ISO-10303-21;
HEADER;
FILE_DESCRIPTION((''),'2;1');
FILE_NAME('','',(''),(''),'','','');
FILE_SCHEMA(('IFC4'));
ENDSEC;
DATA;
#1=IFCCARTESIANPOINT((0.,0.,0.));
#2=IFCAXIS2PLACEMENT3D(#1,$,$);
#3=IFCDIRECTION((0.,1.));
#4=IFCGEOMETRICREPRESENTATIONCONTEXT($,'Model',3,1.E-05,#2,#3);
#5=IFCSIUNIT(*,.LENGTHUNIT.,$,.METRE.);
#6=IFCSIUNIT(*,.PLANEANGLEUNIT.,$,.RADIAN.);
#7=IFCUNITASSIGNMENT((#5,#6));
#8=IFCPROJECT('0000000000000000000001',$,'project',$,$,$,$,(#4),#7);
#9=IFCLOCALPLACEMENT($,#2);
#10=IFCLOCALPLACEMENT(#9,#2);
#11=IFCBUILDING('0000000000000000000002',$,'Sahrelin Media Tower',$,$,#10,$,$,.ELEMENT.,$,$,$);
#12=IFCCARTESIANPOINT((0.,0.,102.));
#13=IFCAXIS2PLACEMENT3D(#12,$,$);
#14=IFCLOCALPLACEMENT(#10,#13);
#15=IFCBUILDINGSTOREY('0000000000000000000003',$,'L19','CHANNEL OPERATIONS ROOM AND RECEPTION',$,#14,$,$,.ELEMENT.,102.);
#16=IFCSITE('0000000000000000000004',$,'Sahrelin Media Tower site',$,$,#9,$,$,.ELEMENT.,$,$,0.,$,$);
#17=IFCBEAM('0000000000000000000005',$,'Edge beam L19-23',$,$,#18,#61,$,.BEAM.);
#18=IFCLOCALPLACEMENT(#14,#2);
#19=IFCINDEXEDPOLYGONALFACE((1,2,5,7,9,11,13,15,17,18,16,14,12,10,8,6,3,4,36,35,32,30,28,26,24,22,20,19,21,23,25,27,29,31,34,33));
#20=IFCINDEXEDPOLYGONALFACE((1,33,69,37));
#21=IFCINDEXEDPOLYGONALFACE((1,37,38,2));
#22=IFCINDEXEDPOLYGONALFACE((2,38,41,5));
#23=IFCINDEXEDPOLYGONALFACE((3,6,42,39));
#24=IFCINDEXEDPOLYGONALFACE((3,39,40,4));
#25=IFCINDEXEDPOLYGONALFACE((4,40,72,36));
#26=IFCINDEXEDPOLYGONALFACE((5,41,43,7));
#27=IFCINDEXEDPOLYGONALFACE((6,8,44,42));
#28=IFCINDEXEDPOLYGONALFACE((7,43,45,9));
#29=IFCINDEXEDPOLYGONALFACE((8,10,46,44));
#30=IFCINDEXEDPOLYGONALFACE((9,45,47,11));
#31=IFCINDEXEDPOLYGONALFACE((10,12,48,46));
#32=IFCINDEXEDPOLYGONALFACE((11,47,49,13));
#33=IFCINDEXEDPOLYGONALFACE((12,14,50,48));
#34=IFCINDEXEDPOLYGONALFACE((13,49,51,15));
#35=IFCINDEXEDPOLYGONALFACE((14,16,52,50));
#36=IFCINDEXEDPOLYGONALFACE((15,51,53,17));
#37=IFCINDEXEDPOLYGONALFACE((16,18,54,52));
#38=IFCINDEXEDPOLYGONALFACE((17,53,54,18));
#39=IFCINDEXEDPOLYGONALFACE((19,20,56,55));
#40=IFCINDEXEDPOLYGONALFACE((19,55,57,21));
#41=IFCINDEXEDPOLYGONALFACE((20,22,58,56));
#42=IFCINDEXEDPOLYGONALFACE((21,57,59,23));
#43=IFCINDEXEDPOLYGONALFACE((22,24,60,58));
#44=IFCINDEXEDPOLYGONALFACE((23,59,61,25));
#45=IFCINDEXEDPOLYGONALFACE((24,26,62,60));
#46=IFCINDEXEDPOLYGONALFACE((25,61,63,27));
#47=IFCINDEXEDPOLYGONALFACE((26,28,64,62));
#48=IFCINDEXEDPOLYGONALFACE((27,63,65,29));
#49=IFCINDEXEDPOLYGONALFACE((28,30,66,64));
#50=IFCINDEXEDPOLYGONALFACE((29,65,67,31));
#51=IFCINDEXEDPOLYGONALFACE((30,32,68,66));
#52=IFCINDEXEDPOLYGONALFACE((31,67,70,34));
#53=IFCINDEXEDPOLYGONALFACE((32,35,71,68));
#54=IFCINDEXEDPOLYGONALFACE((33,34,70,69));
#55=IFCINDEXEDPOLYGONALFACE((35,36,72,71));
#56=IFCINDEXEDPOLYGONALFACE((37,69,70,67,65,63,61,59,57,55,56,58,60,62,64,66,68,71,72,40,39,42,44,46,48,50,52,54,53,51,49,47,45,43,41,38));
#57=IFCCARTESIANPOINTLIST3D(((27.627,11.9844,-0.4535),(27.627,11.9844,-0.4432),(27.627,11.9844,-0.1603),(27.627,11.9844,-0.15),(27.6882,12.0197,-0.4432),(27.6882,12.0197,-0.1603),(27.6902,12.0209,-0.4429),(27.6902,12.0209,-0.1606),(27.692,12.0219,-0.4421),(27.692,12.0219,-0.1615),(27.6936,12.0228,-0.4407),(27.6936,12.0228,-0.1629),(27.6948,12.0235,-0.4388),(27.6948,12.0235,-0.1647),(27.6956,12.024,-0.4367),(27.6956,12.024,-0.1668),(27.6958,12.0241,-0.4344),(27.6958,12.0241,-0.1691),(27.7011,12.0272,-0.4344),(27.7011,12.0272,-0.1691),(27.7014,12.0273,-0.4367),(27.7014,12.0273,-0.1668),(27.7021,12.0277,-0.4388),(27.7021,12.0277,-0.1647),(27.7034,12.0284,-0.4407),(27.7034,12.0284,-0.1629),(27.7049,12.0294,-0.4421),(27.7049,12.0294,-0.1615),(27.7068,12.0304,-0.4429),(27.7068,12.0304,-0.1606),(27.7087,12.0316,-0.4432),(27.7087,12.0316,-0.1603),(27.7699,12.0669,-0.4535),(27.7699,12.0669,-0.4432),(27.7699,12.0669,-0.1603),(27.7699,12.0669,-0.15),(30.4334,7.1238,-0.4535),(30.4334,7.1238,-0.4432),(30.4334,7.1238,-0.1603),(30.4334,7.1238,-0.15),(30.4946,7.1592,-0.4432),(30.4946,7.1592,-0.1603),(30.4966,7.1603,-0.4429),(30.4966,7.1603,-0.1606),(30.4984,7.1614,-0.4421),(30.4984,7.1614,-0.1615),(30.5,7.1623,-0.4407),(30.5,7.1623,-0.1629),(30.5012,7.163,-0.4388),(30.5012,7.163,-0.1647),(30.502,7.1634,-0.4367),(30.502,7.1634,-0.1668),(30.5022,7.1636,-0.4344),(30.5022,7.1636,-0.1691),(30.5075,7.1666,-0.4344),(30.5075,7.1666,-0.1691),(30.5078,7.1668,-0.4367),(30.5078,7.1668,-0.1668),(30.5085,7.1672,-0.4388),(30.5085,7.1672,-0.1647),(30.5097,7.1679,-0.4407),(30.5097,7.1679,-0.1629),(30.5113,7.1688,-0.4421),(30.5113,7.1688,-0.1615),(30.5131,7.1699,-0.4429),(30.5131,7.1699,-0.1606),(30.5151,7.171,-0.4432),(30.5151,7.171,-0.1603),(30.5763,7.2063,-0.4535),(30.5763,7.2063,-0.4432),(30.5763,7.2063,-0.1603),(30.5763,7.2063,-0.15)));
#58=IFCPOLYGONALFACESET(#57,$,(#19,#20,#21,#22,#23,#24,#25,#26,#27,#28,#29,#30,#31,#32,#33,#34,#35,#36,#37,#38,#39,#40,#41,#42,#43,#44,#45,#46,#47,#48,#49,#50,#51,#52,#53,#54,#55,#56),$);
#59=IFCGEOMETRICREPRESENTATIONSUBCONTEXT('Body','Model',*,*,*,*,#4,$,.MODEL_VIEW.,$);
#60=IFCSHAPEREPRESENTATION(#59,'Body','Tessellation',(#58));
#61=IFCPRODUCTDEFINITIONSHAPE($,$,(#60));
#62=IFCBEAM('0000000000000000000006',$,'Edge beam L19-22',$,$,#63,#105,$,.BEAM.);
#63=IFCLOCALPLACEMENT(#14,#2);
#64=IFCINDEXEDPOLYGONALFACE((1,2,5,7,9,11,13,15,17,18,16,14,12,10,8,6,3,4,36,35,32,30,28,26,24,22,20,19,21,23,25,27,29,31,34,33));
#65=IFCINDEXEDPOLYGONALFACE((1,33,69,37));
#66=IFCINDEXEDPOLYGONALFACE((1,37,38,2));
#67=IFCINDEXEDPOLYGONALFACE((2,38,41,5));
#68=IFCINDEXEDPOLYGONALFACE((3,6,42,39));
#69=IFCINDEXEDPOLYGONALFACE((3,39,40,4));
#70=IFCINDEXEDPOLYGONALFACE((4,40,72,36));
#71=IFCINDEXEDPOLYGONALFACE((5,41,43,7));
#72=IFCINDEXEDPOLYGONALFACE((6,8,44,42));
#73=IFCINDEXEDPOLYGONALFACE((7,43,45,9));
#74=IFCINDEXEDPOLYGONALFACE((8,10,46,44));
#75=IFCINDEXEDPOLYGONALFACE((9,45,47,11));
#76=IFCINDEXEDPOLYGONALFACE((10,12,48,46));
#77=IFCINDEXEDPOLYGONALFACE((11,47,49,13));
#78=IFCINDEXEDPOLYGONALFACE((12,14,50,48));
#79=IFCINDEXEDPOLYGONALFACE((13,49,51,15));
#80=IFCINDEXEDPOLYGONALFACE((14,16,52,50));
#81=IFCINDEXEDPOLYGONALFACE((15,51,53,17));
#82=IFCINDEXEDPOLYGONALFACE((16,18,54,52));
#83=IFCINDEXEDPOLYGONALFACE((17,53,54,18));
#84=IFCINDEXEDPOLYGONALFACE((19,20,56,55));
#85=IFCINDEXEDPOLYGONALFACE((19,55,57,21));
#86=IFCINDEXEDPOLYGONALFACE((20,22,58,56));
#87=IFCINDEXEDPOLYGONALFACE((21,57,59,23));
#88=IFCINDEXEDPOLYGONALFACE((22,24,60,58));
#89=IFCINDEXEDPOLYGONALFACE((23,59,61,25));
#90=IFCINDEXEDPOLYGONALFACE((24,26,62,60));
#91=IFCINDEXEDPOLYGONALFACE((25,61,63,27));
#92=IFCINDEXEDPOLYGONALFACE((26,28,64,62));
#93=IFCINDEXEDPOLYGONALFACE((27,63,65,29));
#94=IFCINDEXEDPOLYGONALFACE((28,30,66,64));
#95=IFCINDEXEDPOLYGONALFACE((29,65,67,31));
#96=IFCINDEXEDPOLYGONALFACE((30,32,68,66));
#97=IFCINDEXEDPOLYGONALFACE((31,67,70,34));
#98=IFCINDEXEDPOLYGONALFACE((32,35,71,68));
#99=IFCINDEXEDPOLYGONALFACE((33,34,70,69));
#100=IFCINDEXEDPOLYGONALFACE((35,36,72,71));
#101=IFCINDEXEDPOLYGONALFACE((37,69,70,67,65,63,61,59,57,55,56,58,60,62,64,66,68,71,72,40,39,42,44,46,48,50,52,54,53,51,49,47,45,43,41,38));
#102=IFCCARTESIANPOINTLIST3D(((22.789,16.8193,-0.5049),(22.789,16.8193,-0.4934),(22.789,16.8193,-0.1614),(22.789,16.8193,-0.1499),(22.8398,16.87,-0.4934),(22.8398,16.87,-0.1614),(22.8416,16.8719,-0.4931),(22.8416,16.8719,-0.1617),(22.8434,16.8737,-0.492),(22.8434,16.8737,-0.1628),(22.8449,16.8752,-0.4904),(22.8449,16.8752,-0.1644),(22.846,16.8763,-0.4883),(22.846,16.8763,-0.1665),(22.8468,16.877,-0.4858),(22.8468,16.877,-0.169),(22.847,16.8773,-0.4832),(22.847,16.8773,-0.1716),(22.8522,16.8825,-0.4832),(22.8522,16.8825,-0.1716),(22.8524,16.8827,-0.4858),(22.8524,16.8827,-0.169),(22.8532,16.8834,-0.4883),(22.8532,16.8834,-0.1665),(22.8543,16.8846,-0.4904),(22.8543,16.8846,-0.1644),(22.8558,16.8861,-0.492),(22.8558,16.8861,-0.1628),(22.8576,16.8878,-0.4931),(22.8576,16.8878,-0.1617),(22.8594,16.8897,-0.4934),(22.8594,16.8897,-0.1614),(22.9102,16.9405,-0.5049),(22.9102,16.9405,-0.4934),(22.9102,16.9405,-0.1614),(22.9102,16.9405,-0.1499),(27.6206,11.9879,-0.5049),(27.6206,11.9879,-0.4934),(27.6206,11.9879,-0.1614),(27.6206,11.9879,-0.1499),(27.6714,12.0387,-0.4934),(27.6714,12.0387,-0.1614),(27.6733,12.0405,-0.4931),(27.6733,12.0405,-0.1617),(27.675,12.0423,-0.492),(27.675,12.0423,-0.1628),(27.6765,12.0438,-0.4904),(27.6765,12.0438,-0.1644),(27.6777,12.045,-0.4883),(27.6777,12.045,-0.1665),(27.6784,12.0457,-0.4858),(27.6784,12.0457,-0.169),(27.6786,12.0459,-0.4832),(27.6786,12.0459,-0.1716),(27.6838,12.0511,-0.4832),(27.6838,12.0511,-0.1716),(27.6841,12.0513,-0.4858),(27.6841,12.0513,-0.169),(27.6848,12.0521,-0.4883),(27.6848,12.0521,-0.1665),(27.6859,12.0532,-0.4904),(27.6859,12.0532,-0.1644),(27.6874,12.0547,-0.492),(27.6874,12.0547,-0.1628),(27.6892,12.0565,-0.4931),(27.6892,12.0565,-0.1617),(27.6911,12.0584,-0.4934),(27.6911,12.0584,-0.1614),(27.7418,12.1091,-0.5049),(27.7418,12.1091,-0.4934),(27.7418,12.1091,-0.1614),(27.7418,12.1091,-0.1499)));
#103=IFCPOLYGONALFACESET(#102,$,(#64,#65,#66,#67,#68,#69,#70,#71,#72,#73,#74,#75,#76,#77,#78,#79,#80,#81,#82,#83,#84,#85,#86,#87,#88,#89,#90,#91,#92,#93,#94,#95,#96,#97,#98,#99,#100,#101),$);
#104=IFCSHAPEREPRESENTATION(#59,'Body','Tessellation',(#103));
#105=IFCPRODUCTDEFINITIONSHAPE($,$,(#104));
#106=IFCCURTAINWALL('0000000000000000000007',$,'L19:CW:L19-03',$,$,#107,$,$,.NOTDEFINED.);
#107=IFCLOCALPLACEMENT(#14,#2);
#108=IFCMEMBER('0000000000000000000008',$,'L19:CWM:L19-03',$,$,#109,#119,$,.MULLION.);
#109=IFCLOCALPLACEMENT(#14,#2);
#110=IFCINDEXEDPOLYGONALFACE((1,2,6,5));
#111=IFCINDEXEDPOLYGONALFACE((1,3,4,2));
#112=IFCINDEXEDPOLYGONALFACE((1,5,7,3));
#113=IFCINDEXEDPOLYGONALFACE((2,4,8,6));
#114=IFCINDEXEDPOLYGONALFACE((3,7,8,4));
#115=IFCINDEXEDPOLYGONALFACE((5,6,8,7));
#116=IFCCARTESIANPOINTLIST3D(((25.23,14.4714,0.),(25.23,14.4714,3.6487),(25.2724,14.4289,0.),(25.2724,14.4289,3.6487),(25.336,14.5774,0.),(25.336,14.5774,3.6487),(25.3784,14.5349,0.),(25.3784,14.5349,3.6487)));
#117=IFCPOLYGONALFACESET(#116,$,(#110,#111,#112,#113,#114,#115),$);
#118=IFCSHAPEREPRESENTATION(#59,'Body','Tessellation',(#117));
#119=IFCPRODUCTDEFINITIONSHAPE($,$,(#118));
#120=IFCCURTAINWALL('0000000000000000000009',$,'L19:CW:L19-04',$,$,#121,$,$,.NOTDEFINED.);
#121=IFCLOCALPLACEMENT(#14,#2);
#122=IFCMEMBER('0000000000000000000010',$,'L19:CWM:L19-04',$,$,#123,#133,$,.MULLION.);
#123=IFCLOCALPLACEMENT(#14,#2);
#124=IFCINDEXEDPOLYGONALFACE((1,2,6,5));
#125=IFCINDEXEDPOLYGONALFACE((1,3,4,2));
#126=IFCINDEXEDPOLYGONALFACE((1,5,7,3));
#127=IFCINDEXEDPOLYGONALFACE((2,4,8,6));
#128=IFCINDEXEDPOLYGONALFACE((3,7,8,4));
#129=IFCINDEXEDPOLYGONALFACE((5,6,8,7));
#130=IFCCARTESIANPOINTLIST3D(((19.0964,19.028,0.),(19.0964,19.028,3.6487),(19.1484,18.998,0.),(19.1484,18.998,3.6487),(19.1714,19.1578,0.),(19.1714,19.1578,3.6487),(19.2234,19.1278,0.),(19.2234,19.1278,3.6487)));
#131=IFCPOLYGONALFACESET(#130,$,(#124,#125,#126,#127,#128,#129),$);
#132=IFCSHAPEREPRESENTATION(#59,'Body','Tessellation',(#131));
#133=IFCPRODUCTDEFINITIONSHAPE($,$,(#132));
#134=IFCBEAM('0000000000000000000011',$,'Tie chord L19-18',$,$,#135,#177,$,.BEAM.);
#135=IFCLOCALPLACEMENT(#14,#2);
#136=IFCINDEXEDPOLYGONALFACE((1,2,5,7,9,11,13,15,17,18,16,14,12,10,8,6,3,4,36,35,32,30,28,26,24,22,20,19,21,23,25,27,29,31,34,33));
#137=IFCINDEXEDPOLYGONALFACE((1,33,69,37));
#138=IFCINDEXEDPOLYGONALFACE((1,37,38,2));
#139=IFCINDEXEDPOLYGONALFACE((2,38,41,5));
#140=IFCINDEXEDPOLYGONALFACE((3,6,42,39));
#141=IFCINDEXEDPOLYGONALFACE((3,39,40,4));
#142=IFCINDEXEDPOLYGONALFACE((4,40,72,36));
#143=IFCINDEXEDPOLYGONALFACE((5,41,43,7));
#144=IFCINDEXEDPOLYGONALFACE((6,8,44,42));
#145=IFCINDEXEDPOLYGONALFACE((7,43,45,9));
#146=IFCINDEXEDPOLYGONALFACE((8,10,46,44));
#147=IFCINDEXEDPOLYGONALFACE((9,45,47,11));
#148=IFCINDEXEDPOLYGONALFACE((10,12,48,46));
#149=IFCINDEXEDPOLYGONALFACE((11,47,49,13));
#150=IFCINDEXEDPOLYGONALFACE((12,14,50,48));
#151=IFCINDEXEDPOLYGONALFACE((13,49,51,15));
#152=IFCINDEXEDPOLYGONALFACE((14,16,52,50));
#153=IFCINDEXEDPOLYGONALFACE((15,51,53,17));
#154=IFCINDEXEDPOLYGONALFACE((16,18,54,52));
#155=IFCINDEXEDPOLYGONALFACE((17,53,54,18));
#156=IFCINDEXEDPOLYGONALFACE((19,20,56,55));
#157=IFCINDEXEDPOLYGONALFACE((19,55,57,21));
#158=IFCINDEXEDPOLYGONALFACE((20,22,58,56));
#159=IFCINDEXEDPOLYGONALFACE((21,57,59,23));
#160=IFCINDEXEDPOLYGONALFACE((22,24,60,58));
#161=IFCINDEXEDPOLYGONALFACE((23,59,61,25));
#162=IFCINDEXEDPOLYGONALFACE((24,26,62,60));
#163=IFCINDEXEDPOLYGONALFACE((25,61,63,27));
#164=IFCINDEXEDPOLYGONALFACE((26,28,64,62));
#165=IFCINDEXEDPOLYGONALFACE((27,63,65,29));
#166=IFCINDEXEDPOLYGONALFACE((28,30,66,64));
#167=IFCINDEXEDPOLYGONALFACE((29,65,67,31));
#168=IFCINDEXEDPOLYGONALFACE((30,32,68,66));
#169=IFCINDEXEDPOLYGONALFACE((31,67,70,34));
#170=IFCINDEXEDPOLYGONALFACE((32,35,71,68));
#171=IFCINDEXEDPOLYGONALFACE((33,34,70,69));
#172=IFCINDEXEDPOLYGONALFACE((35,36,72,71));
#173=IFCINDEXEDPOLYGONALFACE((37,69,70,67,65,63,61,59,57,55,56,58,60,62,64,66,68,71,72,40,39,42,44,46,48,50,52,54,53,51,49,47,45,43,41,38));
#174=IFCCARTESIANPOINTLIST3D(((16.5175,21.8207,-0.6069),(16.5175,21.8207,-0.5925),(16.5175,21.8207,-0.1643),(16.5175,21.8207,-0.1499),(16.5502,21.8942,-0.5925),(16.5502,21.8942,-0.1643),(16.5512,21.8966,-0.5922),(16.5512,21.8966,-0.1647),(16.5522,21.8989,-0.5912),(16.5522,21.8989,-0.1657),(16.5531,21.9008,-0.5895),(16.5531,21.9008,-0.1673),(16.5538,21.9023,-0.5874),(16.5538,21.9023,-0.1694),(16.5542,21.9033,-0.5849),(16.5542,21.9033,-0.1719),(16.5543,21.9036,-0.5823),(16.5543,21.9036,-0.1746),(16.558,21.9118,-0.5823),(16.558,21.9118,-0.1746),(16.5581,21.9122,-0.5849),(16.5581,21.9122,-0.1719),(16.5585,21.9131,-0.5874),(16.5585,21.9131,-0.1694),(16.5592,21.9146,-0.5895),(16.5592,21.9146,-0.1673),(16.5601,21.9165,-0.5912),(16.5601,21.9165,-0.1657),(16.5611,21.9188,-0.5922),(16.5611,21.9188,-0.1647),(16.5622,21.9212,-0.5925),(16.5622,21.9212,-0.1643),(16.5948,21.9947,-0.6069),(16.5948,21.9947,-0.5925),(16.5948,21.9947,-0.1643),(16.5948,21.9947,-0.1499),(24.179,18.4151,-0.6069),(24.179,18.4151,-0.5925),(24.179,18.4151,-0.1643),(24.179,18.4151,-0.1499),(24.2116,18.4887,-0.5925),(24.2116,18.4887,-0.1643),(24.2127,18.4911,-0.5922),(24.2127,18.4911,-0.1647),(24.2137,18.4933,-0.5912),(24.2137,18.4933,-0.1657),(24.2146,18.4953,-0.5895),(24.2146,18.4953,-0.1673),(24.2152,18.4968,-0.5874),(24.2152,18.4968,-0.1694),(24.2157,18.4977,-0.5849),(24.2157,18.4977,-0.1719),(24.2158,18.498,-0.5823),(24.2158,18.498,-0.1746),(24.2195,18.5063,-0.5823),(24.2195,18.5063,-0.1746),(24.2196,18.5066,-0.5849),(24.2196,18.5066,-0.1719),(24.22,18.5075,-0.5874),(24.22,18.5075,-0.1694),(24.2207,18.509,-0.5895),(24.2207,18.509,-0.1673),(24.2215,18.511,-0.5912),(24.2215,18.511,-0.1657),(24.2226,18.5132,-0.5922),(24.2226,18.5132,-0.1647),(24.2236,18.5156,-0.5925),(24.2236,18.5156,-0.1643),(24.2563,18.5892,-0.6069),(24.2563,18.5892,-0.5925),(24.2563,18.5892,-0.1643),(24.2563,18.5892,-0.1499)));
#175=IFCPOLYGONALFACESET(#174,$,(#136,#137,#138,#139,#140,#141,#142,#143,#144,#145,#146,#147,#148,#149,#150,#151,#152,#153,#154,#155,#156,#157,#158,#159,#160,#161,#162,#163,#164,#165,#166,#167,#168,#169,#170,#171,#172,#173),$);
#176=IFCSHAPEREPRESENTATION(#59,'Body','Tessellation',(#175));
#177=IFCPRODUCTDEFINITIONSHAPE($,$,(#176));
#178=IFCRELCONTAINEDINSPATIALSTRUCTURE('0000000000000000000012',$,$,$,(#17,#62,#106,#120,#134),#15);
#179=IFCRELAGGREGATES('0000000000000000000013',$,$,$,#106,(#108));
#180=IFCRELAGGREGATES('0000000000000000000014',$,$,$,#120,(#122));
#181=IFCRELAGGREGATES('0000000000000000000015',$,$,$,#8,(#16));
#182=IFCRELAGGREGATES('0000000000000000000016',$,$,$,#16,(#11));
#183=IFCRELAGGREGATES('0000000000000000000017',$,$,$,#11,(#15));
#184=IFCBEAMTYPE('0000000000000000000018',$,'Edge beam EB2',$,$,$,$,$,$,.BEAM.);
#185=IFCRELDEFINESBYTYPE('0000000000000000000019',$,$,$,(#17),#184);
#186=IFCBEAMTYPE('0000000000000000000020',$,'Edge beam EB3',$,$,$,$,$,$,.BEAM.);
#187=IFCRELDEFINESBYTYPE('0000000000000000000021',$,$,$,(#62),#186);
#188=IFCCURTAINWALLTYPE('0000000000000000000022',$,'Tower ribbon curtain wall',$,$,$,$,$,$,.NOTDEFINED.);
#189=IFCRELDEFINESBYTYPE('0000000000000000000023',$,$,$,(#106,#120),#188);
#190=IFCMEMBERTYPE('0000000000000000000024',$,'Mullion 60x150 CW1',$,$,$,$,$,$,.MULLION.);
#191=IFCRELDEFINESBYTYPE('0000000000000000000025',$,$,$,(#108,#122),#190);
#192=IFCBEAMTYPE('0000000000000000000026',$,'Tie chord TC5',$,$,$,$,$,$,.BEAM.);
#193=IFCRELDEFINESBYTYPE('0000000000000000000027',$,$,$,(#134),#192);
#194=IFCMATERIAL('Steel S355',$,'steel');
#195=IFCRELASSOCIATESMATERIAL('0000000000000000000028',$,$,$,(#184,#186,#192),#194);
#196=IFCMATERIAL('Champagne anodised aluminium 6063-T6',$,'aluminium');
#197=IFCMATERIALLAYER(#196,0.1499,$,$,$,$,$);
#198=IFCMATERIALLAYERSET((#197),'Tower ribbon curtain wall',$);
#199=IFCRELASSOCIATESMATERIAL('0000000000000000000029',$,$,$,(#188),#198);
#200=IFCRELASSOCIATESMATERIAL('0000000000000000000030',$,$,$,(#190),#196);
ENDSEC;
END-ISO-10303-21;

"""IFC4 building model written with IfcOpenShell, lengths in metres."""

from ifc_helpers import new_model, si_unit, direction, frame, origin, origin_2d, place, context, subcontext, project, spatial, rectangle, i_section, extrude, material, layer, layer_set, material_profile, profile_set, type_object, element, aggregate, save


model = new_model("IFC4")

# Units and contexts
model_context = context("Model", 3, precision=1e-05, world=origin(), true_north=direction((0.0, 1.0)))
body_context = subcontext(model_context, "Body", "Model", "MODEL_VIEW")
ifc_project = project(units=[si_unit("LENGTHUNIT", "METRE"), si_unit("PLANEANGLEUNIT", "RADIAN")], contexts=[model_context])

# Site, building, storey
site_placement = place(None, origin())
site = spatial("IfcSite", under=ifc_project, at=site_placement, Name="Sahrelin Media Tower site", CompositionType="ELEMENT", RefElevation=0.0)
building_placement = place(site_placement, origin())
building = spatial("IfcBuilding", under=site, at=building_placement, Name="Sahrelin Media Tower", CompositionType="ELEMENT")
storey_placement = place(building_placement, frame((0.0, 0.0, 102.0)))
storey = spatial("IfcBuildingStorey", under=building, at=storey_placement, Name="L19", Description="CHANNEL OPERATIONS ROOM AND RECEPTION", CompositionType="ELEMENT", Elevation=102.0)

# Beams
ifc_material_1 = material(Name="Steel S355", Category="steel")
ifc_material_profile_1 = material_profile(ifc_material_1, i_section(OverallWidth=0.165, OverallDepth=0.3035, WebThickness=0.0061, FlangeThickness=0.0103, FilletRadius=0.0088, at=origin_2d()), Name="UB 305x165x40")
ifc_profile_set_1 = profile_set([ifc_material_profile_1], Name="Steel S355")
beam_type_1 = type_object("IfcBeamType", Name="Edge beam EB2", PredefinedType="BEAM", material=ifc_profile_set_1)
beam_1_placement = place(storey_placement, frame((27.6985, 12.0256, -0.3018), z_axis=(0.500017, -0.866015, 0.0), x_axis=(0.866015, 0.500017, 0.0)))
element("IfcBeam", 1, at=beam_1_placement, inside=storey, type_object=beam_type_1, Name="Edge beam L19-23", PredefinedType="BEAM", context=body_context, shape_type="SweptSolid", body=[
    extrude(i_section(OverallWidth=0.165, OverallDepth=0.3035, WebThickness=0.0061, FlangeThickness=0.0103, FilletRadius=0.0088, at=origin_2d()), origin(), (0.0, 0.0, 1.0), 5.6125),
])
ifc_material_profile_2 = material_profile(ifc_material_1, i_section(OverallWidth=0.1714, OverallDepth=0.355, WebThickness=0.0073, FlangeThickness=0.0115, FilletRadius=0.0103, at=origin_2d()), Name="UB 356x171x51")
ifc_profile_set_2 = profile_set([ifc_material_profile_2], Name="Steel S355")
beam_type_2 = type_object("IfcBeamType", Name="Edge beam EB3", PredefinedType="BEAM", material=ifc_profile_set_2)
beam_2_placement = place(storey_placement, frame((22.8496, 16.8799, -0.3274), z_axis=(0.707125, -0.707089, 0.0), x_axis=(0.707089, 0.707125, 0.0)))
element("IfcBeam", 2, at=beam_2_placement, inside=storey, type_object=beam_type_2, Name="Edge beam L19-22", PredefinedType="BEAM", context=body_context, shape_type="SweptSolid", body=[
    extrude(i_section(OverallWidth=0.1714, OverallDepth=0.355, WebThickness=0.0073, FlangeThickness=0.0115, FilletRadius=0.0103, at=origin_2d()), origin(), (0.0, 0.0, 1.0), 6.8328),
])

# Curtain walls, members
ifc_material_2 = material(Name="Champagne anodised aluminium 6063-T6", Category="aluminium")
ifc_layer_1 = layer(ifc_material_2, 0.1499)
ifc_layer_set_1 = layer_set([ifc_layer_1], Name="Tower ribbon curtain wall")
curtain_wall_type = type_object("IfcCurtainWallType", Name="Tower ribbon curtain wall", PredefinedType="NOTDEFINED", material=ifc_layer_set_1)
curtain_wall_1_placement = place(storey_placement, frame((25.3713, 14.5703, 0.0), z_axis=(0.0, 0.0, 1.0), x_axis=(1.0, 0.0, 0.0)))
curtain_wall_1 = element("IfcCurtainWall", 3, at=curtain_wall_1_placement, inside=storey, type_object=curtain_wall_type, Name="L19:CW:L19-03", PredefinedType="NOTDEFINED")
ifc_material_profile_3 = material_profile(ifc_material_2, rectangle(XDim=0.0601, YDim=0.1499, at=origin_2d()), Name="Mullion 60x150")
ifc_profile_set_3 = profile_set([ifc_material_profile_3], Name="Champagne anodised aluminium 6063-T6")
member_type_1 = type_object("IfcMemberType", Name="Mullion 60x150 CW1", PredefinedType="MULLION", material=ifc_profile_set_3)
member_1_placement = place(storey_placement, frame((25.3042, 14.5032, 0.0), z_axis=(0.0, 0.0, 1.0), x_axis=(-0.707107, 0.707107, 0.0)))
member_1 = element("IfcMember", 4, at=member_1_placement, type_object=member_type_1, Name="L19:CWM:L19-03", PredefinedType="MULLION", context=body_context, shape_type="SweptSolid", body=[
    extrude(rectangle(XDim=0.0601, YDim=0.1499, at=origin_2d()), origin(), (0.0, 0.0, 1.0), 3.6487),
])
curtain_wall_2_placement = place(storey_placement, frame((19.2075, 19.1604, 0.0), z_axis=(0.0, 0.0, 1.0), x_axis=(1.0, 0.0, 0.0)))
curtain_wall_2 = element("IfcCurtainWall", 5, at=curtain_wall_2_placement, inside=storey, type_object=curtain_wall_type, Name="L19:CW:L19-04", PredefinedType="NOTDEFINED")
member_2_placement = place(storey_placement, frame((19.1599, 19.0779, 0.0), z_axis=(0.0, 0.0, 1.0), x_axis=(-0.866025, 0.500002, 0.0)))
member_2 = element("IfcMember", 6, at=member_2_placement, type_object=member_type_1, Name="L19:CWM:L19-04", PredefinedType="MULLION", context=body_context, shape_type="SweptSolid", body=[
    extrude(rectangle(XDim=0.0601, YDim=0.1499, at=origin_2d()), origin(), (0.0, 0.0, 1.0), 3.6487),
])

# Beam
ifc_material_profile_4 = material_profile(ifc_material_1, i_section(OverallWidth=0.1904, OverallDepth=0.457, WebThickness=0.009, FlangeThickness=0.0144, FilletRadius=0.0103, at=origin_2d()), Name="UB 457x191x74")
ifc_profile_set_4 = profile_set([ifc_material_profile_4], Name="Steel S355")
beam_type_3 = type_object("IfcBeamType", Name="Tie chord TC5", PredefinedType="BEAM", material=ifc_profile_set_4)
beam_3_placement = place(storey_placement, frame((16.5562, 21.9077, -0.3784), z_axis=(0.913791, -0.406184, 0.0), x_axis=(0.406184, 0.913791, 0.0)))
element("IfcBeam", 7, at=beam_3_placement, inside=storey, type_object=beam_type_3, Name="Tie chord L19-18", PredefinedType="BEAM", context=body_context, shape_type="SweptSolid", body=[
    extrude(i_section(OverallWidth=0.1904, OverallDepth=0.457, WebThickness=0.009, FlangeThickness=0.0144, FilletRadius=0.0103, at=origin_2d()), origin(), (0.0, 0.0, 1.0), 8.3843),
])

aggregate(curtain_wall_1, [member_1])
aggregate(curtain_wall_2, [member_2])

save(model, "model.ifc")
